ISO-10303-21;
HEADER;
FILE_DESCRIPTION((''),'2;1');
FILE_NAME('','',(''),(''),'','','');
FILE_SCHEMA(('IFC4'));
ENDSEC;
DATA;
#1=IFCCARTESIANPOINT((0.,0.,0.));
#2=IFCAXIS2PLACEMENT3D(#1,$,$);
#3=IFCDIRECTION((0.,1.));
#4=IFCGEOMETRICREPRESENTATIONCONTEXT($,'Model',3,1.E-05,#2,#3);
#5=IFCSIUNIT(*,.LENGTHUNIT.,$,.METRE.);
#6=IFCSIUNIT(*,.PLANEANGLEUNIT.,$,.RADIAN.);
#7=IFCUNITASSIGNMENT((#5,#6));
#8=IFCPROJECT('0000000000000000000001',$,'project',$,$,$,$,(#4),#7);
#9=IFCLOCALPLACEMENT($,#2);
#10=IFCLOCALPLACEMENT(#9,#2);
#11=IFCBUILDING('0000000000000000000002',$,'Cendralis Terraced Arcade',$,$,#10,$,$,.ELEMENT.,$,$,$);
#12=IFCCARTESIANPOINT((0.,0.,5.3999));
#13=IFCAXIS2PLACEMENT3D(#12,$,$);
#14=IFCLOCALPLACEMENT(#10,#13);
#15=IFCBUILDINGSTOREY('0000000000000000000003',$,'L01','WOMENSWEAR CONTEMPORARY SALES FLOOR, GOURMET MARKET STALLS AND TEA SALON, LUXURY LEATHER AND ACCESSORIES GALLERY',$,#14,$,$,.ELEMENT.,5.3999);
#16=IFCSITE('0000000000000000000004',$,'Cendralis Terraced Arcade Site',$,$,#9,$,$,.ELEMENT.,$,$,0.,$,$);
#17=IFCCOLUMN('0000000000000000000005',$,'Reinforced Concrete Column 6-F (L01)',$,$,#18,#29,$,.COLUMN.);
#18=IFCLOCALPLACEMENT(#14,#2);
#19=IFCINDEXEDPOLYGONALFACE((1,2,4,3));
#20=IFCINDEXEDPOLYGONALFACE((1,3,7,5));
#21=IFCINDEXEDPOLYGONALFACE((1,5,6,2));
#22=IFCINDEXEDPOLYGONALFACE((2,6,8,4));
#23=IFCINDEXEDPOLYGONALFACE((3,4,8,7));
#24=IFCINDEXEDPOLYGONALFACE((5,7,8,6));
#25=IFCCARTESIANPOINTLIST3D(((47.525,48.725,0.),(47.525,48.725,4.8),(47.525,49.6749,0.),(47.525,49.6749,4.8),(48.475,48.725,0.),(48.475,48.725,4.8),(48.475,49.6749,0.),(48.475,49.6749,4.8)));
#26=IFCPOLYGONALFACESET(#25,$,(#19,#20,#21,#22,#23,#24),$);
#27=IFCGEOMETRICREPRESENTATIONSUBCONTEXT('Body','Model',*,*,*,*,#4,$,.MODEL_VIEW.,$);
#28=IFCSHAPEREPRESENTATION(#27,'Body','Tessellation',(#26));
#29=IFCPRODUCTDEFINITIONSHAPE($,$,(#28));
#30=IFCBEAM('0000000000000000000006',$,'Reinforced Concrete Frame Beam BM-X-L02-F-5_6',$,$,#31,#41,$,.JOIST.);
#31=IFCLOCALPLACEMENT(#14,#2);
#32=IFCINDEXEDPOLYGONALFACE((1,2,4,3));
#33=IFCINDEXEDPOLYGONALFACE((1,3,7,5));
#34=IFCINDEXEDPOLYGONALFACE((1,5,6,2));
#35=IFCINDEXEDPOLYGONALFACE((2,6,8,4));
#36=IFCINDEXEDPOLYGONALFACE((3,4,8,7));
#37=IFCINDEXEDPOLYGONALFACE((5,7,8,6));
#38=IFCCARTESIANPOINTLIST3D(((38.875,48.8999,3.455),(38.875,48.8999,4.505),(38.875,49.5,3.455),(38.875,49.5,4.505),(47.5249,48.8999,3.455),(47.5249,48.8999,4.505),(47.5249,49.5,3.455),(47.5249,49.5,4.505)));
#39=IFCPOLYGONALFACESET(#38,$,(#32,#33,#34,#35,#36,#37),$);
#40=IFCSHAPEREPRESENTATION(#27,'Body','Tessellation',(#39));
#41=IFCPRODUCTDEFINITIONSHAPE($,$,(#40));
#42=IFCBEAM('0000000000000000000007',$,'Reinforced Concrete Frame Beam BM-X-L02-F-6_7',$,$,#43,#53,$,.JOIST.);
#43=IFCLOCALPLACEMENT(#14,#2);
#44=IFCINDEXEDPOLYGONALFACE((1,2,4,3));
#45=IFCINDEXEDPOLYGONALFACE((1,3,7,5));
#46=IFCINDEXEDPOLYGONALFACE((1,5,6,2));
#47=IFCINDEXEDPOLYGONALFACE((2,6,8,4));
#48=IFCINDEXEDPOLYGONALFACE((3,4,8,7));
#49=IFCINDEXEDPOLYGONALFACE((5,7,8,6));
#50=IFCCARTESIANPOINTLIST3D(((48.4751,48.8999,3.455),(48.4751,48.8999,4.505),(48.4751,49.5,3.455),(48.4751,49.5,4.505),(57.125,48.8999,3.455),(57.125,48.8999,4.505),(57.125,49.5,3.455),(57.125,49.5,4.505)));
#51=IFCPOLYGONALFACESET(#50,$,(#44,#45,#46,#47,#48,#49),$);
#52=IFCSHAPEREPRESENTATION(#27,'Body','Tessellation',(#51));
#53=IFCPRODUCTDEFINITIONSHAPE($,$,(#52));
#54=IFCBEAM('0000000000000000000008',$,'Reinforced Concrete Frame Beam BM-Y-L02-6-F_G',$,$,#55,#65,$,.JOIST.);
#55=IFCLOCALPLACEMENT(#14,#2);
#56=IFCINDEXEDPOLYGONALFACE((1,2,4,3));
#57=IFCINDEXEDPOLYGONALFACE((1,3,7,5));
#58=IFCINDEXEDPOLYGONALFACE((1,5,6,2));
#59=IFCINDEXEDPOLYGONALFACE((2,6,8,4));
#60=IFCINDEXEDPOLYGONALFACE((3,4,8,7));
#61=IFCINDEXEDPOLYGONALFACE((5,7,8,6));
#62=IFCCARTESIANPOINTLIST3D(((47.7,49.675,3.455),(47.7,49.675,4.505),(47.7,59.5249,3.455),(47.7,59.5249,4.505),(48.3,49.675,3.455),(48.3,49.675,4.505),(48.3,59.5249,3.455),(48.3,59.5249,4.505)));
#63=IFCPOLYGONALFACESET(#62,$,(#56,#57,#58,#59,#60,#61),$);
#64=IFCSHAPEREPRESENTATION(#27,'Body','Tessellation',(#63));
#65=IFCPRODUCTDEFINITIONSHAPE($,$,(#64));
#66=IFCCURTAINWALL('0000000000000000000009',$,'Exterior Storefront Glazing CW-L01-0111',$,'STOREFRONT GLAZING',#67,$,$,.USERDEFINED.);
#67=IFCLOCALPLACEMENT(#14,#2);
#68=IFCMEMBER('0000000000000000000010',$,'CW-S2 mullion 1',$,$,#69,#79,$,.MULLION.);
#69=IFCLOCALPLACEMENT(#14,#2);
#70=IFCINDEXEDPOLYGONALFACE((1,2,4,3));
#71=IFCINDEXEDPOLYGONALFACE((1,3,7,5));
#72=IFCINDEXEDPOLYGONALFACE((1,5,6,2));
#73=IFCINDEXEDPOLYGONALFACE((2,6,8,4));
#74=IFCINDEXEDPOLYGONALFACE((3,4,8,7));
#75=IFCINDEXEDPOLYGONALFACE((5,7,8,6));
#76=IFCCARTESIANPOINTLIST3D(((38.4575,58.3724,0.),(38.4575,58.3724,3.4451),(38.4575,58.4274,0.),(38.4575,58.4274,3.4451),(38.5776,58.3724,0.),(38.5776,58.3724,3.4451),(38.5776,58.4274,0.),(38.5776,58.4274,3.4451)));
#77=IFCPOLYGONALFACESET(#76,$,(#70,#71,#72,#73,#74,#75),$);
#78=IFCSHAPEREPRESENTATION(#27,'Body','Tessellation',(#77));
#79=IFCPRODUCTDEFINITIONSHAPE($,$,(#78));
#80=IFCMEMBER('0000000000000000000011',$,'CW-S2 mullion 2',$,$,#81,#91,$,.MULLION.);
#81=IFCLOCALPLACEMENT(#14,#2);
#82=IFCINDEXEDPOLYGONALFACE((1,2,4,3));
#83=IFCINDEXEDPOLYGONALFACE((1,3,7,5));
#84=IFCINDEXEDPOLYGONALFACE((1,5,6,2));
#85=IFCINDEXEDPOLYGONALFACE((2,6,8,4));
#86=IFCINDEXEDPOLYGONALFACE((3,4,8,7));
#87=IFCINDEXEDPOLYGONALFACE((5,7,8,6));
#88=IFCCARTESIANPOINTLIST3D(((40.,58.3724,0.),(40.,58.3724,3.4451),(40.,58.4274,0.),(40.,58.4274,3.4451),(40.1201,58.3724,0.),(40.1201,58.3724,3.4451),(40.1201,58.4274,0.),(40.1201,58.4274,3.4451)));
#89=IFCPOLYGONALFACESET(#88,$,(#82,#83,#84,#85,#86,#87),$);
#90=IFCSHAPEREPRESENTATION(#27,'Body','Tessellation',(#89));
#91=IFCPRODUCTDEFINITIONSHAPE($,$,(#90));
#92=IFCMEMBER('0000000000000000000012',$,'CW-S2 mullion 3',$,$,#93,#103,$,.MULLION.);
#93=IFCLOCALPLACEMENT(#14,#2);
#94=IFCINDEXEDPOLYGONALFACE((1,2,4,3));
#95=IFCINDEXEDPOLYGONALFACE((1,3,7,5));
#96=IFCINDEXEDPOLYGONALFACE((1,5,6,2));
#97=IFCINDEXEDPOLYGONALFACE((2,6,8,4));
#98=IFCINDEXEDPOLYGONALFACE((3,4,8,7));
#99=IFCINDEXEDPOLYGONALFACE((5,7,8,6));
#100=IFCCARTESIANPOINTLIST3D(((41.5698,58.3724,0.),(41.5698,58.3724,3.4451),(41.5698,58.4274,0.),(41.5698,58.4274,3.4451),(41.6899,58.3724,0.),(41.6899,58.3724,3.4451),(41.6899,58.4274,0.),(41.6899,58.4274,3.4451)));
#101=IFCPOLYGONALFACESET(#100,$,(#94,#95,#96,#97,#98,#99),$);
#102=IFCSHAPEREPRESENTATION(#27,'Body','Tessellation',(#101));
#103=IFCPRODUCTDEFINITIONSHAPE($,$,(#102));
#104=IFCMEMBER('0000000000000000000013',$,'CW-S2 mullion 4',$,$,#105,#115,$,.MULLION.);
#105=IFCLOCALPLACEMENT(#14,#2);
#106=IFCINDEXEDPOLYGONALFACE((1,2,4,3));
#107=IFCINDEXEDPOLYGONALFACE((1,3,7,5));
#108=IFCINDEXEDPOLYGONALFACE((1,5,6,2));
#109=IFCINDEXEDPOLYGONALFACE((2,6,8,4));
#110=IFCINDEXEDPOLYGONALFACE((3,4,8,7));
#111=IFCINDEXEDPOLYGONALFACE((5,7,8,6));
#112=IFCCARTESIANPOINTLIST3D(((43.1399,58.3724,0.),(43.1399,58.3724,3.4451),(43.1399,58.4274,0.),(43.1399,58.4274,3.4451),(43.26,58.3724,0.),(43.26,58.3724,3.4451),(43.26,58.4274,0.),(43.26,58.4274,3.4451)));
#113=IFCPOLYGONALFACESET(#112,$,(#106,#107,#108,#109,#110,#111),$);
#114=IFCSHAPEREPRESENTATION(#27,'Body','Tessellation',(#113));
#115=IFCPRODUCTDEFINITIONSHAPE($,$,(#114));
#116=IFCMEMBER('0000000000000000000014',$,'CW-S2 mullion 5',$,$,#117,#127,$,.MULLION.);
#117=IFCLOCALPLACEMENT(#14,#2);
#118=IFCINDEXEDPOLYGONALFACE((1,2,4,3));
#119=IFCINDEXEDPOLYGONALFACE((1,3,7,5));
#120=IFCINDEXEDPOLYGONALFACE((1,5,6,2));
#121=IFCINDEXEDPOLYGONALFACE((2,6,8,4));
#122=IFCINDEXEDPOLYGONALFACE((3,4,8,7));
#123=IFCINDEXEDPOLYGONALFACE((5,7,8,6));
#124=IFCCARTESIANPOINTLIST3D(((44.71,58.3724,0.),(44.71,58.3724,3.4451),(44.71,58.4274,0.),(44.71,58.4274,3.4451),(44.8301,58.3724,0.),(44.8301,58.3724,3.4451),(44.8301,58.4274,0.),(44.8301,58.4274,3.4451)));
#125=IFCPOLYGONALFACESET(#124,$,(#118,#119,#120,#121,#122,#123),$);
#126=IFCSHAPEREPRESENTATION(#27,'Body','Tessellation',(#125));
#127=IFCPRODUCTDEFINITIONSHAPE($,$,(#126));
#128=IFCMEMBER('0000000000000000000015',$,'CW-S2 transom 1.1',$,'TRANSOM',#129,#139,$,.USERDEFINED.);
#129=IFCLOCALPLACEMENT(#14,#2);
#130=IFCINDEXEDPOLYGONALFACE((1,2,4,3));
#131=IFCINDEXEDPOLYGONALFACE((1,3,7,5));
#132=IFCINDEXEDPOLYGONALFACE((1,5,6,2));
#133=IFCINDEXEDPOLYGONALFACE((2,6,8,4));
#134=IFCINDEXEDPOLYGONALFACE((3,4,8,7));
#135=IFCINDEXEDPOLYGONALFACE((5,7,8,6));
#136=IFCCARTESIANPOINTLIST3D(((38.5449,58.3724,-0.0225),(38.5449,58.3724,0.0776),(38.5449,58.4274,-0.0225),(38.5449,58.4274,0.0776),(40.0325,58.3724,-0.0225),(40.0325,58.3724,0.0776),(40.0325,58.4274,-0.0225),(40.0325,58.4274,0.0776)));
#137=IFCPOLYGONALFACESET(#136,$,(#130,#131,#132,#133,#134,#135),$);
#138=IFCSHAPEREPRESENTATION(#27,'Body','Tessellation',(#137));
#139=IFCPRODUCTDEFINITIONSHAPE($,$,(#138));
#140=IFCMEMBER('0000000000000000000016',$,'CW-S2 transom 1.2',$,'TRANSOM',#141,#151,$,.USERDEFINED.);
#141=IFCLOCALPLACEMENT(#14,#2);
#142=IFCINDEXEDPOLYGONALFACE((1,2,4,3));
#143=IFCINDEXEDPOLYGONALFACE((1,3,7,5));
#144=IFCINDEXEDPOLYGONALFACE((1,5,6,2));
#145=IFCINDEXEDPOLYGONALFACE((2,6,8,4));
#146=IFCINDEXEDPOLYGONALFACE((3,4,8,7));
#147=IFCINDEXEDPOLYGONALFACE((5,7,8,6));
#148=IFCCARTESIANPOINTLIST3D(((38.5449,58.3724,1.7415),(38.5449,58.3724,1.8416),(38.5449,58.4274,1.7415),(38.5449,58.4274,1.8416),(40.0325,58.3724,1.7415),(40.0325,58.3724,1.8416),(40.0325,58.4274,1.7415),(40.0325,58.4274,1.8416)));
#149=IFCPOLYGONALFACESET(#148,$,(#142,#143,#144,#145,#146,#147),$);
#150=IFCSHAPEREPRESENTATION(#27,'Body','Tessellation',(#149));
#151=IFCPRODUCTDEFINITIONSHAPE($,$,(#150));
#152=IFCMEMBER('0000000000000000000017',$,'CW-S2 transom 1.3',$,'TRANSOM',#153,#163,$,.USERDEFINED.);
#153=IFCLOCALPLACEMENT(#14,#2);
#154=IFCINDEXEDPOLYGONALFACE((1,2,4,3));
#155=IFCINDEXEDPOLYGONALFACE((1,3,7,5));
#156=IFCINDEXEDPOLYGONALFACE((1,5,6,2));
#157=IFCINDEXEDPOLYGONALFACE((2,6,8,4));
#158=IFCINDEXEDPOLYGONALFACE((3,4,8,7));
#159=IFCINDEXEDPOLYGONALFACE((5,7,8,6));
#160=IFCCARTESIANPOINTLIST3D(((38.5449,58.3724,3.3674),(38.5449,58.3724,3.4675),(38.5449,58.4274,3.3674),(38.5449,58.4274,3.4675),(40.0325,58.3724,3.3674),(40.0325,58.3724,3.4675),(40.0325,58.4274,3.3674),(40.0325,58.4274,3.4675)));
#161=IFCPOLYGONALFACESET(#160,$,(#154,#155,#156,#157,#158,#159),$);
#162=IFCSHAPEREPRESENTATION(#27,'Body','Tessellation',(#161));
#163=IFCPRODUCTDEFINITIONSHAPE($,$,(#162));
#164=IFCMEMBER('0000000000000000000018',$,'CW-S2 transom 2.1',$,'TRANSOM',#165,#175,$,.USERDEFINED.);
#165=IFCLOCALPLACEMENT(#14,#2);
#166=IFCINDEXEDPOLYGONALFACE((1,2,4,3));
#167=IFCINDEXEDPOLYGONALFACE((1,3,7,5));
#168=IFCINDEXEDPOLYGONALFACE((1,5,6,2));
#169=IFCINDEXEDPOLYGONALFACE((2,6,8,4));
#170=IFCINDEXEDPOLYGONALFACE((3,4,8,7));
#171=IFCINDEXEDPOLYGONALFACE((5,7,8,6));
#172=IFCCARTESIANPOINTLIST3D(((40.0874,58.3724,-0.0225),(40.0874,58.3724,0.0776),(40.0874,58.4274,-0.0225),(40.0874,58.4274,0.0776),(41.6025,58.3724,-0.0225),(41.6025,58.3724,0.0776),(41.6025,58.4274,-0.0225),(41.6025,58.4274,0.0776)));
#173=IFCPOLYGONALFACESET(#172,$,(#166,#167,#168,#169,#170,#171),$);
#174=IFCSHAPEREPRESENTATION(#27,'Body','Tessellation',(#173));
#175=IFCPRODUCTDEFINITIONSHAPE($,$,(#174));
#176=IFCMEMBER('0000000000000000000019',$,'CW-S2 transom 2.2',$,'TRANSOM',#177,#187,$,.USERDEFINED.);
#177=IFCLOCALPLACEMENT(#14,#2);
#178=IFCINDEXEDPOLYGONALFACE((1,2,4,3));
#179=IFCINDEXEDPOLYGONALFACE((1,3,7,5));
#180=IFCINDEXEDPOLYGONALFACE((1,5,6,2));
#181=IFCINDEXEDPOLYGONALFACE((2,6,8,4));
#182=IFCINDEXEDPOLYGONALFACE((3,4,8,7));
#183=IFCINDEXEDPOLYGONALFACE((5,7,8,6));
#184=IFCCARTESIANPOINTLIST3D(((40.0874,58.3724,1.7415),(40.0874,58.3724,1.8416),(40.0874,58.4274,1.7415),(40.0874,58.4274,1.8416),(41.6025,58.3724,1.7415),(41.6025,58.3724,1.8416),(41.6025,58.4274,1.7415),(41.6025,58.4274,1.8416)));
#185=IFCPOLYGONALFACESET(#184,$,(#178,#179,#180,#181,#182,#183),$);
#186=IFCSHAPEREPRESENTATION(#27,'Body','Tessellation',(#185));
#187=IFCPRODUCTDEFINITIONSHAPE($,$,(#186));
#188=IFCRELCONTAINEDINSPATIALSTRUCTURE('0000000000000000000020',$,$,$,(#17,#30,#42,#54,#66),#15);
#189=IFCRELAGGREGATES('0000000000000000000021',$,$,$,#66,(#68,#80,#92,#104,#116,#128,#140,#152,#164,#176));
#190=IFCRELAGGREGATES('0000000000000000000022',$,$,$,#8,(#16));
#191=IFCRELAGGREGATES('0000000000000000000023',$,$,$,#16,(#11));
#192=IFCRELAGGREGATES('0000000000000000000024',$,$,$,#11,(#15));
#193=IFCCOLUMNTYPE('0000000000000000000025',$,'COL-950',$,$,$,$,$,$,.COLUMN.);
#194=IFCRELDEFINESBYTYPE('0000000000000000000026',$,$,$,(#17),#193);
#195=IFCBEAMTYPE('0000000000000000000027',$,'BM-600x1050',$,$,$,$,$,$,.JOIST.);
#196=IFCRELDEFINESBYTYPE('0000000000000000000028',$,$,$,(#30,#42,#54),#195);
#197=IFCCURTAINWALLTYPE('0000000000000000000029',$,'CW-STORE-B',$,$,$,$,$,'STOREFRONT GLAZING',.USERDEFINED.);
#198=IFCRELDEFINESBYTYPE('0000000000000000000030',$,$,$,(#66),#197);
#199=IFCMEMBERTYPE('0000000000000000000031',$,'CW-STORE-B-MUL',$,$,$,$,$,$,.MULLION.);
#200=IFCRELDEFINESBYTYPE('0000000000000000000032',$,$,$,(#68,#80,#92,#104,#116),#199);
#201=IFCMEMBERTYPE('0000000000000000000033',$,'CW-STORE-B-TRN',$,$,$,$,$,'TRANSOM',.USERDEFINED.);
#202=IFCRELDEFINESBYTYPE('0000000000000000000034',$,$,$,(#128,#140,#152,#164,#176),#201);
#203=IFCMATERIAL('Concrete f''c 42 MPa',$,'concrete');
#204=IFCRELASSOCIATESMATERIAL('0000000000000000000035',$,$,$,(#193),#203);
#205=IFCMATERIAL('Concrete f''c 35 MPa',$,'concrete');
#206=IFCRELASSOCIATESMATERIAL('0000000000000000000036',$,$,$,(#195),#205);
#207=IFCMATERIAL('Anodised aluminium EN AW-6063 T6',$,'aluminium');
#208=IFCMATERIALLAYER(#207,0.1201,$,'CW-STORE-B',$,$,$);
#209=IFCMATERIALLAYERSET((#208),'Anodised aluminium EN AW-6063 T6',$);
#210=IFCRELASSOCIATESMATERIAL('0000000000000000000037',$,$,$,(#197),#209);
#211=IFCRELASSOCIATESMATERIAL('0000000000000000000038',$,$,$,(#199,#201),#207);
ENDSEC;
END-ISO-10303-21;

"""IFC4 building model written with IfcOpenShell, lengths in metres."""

from ifc_helpers import new_model, si_unit, direction, frame, origin, origin_2d, place, context, subcontext, project, spatial, rectangle, extrude, material, layer, layer_set, material_profile, profile_set, type_object, element, aggregate, save


model = new_model("IFC4")

# Units and contexts
model_context = context("Model", 3, precision=1e-05, world=origin(), true_north=direction((0.0, 1.0)))
body_context = subcontext(model_context, "Body", "Model", "MODEL_VIEW")
ifc_project = project(units=[si_unit("LENGTHUNIT", "METRE"), si_unit("PLANEANGLEUNIT", "RADIAN")], contexts=[model_context])

# Site, building, storey
site_placement = place(None, origin())
site = spatial("IfcSite", under=ifc_project, at=site_placement, Name="Cendralis Terraced Arcade Site", CompositionType="ELEMENT", RefElevation=0.0)
building_placement = place(site_placement, origin())
building = spatial("IfcBuilding", under=site, at=building_placement, Name="Cendralis Terraced Arcade", CompositionType="ELEMENT")
storey_placement = place(building_placement, frame((0.0, 0.0, 5.3999)))
storey = spatial("IfcBuildingStorey", under=building, at=storey_placement, Name="L01", Description="WOMENSWEAR CONTEMPORARY SALES FLOOR, GOURMET MARKET STALLS AND TEA SALON, LUXURY LEATHER AND ACCESSORIES GALLERY", CompositionType="ELEMENT", Elevation=5.3999)

# Column
ifc_material_1 = material(Name="Concrete f'c 42 MPa", Category="concrete")
ifc_material_profile_1 = material_profile(ifc_material_1, rectangle(XDim=0.95, YDim=0.95, at=origin_2d()), Name="RC-COL-950x950", Category="LoadBearing")
ifc_profile_set_1 = profile_set([ifc_material_profile_1], Name="Concrete f'c 42 MPa")
column_type = type_object("IfcColumnType", Name="COL-950", PredefinedType="COLUMN", material=ifc_profile_set_1)
column_placement = place(storey_placement, frame((48.0, 49.2, 0.0), z_axis=(0.0, 0.0, 1.0), x_axis=(1.0, 0.0, 0.0)))
element("IfcColumn", 1, at=column_placement, inside=storey, type_object=column_type, Name="Reinforced Concrete Column 6-F (L01)", PredefinedType="COLUMN", context=body_context, shape_type="SweptSolid", body=[
    extrude(rectangle(XDim=0.95, YDim=0.95, at=origin_2d()), origin(), (0.0, 0.0, 1.0), 4.8),
])

# Beams
ifc_material_2 = material(Name="Concrete f'c 35 MPa", Category="concrete")
ifc_material_profile_2 = material_profile(ifc_material_2, rectangle(XDim=0.6001, YDim=1.05, at=origin_2d()), Name="RC-BM-600x1050", Category="LoadBearing")
ifc_profile_set_2 = profile_set([ifc_material_profile_2], Name="Concrete f'c 35 MPa")
beam_type = type_object("IfcBeamType", Name="BM-600x1050", PredefinedType="JOIST", material=ifc_profile_set_2)
for number, where, z_axis, x_axis, name in (
    (2, (38.875, 49.2, 3.98), (1.0, 0.0, 0.0), (0.0, 1.0, 0.0), "Reinforced Concrete Frame Beam BM-X-L02-F-5_6"),
    (3, (48.4751, 49.2, 3.98), (1.0, 0.0, 0.0), (0.0, 1.0, 0.0), "Reinforced Concrete Frame Beam BM-X-L02-F-6_7"),
):
    element("IfcBeam", number, at=place(storey_placement, frame(where, z_axis=z_axis, x_axis=x_axis)), inside=storey, type_object=beam_type, Name=name, PredefinedType="JOIST", context=body_context, shape_type="SweptSolid", body=[
        extrude(rectangle(XDim=0.6001, YDim=1.05, at=origin_2d()), origin(), (0.0, 0.0, 1.0), 8.6499),
    ])
beam_placement = place(storey_placement, frame((48.0, 49.675, 3.98), z_axis=(0.0, 1.0, 0.0), x_axis=(-1.0, 0.0, 0.0)))
element("IfcBeam", 4, at=beam_placement, inside=storey, type_object=beam_type, Name="Reinforced Concrete Frame Beam BM-Y-L02-6-F_G", PredefinedType="JOIST", context=body_context, shape_type="SweptSolid", body=[
    extrude(rectangle(XDim=0.6001, YDim=1.05, at=origin_2d()), origin(), (0.0, 0.0, 1.0), 9.8499),
])

# Curtain wall, members
ifc_material_3 = material(Name="Anodised aluminium EN AW-6063 T6", Category="aluminium")
ifc_layer_1 = layer(ifc_material_3, 0.1201, Name="CW-STORE-B")
ifc_layer_set_1 = layer_set([ifc_layer_1], Name="Anodised aluminium EN AW-6063 T6")
curtain_wall_type = type_object("IfcCurtainWallType", Name="CW-STORE-B", ElementType="STOREFRONT GLAZING", PredefinedType="USERDEFINED", material=ifc_layer_set_1)
curtain_wall_placement = place(storey_placement, origin())
curtain_wall = element("IfcCurtainWall", 5, at=curtain_wall_placement, inside=storey, type_object=curtain_wall_type, Name="Exterior Storefront Glazing CW-L01-0111", ObjectType="STOREFRONT GLAZING", PredefinedType="USERDEFINED")
ifc_material_profile_3 = material_profile(ifc_material_3, rectangle(XDim=0.0549, YDim=0.1201, at=origin_2d()), Name="ALU-MUL-55x120")
ifc_profile_set_3 = profile_set([ifc_material_profile_3], Name="Anodised aluminium EN AW-6063 T6")
member_type_1 = type_object("IfcMemberType", Name="CW-STORE-B-MUL", PredefinedType="MULLION", material=ifc_profile_set_3)
member_1_placement = place(storey_placement, frame((38.5176, 58.3999, 0.0), z_axis=(0.0, 0.0, 1.0), x_axis=(0.0, 1.0, 0.0)))
member_1 = element("IfcMember", 6, at=member_1_placement, type_object=member_type_1, Name="CW-S2 mullion 1", PredefinedType="MULLION", context=body_context, shape_type="SweptSolid", body=[
    extrude(rectangle(XDim=0.0549, YDim=0.1201, at=origin_2d()), origin(), (0.0, 0.0, 1.0), 3.4451),
])
member_2_placement = place(storey_placement, frame((40.0601, 58.3999, 0.0), z_axis=(0.0, 0.0, 1.0), x_axis=(0.0, 1.0, 0.0)))
member_2 = element("IfcMember", 7, at=member_2_placement, type_object=member_type_1, Name="CW-S2 mullion 2", PredefinedType="MULLION", context=body_context, shape_type="SweptSolid", body=[
    extrude(rectangle(XDim=0.0549, YDim=0.1201, at=origin_2d()), origin(), (0.0, 0.0, 1.0), 3.4451),
])
member_3_placement = place(storey_placement, frame((41.6299, 58.3999, 0.0), z_axis=(0.0, 0.0, 1.0), x_axis=(0.0, 1.0, 0.0)))
member_3 = element("IfcMember", 8, at=member_3_placement, type_object=member_type_1, Name="CW-S2 mullion 3", PredefinedType="MULLION", context=body_context, shape_type="SweptSolid", body=[
    extrude(rectangle(XDim=0.0549, YDim=0.1201, at=origin_2d()), origin(), (0.0, 0.0, 1.0), 3.4451),
])
member_4_placement = place(storey_placement, frame((43.2, 58.3999, 0.0), z_axis=(0.0, 0.0, 1.0), x_axis=(0.0, 1.0, 0.0)))
member_4 = element("IfcMember", 9, at=member_4_placement, type_object=member_type_1, Name="CW-S2 mullion 4", PredefinedType="MULLION", context=body_context, shape_type="SweptSolid", body=[
    extrude(rectangle(XDim=0.0549, YDim=0.1201, at=origin_2d()), origin(), (0.0, 0.0, 1.0), 3.4451),
])
member_5_placement = place(storey_placement, frame((44.77, 58.3999, 0.0), z_axis=(0.0, 0.0, 1.0), x_axis=(0.0, 1.0, 0.0)))
member_5 = element("IfcMember", 10, at=member_5_placement, type_object=member_type_1, Name="CW-S2 mullion 5", PredefinedType="MULLION", context=body_context, shape_type="SweptSolid", body=[
    extrude(rectangle(XDim=0.0549, YDim=0.1201, at=origin_2d()), origin(), (0.0, 0.0, 1.0), 3.4451),
])
ifc_material_profile_4 = material_profile(ifc_material_3, rectangle(XDim=0.0549, YDim=0.1001, at=origin_2d()), Name="ALU-TRN-55x100")
ifc_profile_set_4 = profile_set([ifc_material_profile_4], Name="Anodised aluminium EN AW-6063 T6")
member_type_2 = type_object("IfcMemberType", Name="CW-STORE-B-TRN", ElementType="TRANSOM", PredefinedType="USERDEFINED", material=ifc_profile_set_4)
member_6_placement = place(storey_placement, frame((38.5449, 58.3999, 0.0276), z_axis=(1.0, 0.0, 0.0), x_axis=(0.0, 1.0, 0.0)))
member_6 = element("IfcMember", 11, at=member_6_placement, type_object=member_type_2, Name="CW-S2 transom 1.1", ObjectType="TRANSOM", PredefinedType="USERDEFINED", context=body_context, shape_type="SweptSolid", body=[
    extrude(rectangle(XDim=0.0549, YDim=0.1001, at=origin_2d()), origin(), (0.0, 0.0, 1.0), 1.4875),
])
member_7_placement = place(storey_placement, frame((38.5449, 58.3999, 1.7915), z_axis=(1.0, 0.0, 0.0), x_axis=(0.0, 1.0, 0.0)))
member_7 = element("IfcMember", 12, at=member_7_placement, type_object=member_type_2, Name="CW-S2 transom 1.2", ObjectType="TRANSOM", PredefinedType="USERDEFINED", context=body_context, shape_type="SweptSolid", body=[
    extrude(rectangle(XDim=0.0549, YDim=0.1001, at=origin_2d()), origin(), (0.0, 0.0, 1.0), 1.4875),
])
member_8_placement = place(storey_placement, frame((38.5449, 58.3999, 3.4175), z_axis=(1.0, 0.0, 0.0), x_axis=(0.0, 1.0, 0.0)))
member_8 = element("IfcMember", 13, at=member_8_placement, type_object=member_type_2, Name="CW-S2 transom 1.3", ObjectType="TRANSOM", PredefinedType="USERDEFINED", context=body_context, shape_type="SweptSolid", body=[
    extrude(rectangle(XDim=0.0549, YDim=0.1001, at=origin_2d()), origin(), (0.0, 0.0, 1.0), 1.4875),
])
member_9_placement = place(storey_placement, frame((40.0874, 58.3999, 0.0276), z_axis=(1.0, 0.0, 0.0), x_axis=(0.0, 1.0, 0.0)))
member_9 = element("IfcMember", 14, at=member_9_placement, type_object=member_type_2, Name="CW-S2 transom 2.1", ObjectType="TRANSOM", PredefinedType="USERDEFINED", context=body_context, shape_type="SweptSolid", body=[
    extrude(rectangle(XDim=0.0549, YDim=0.1001, at=origin_2d()), origin(), (0.0, 0.0, 1.0), 1.5151),
])
member_10_placement = place(storey_placement, frame((40.0874, 58.3999, 1.7915), z_axis=(1.0, 0.0, 0.0), x_axis=(0.0, 1.0, 0.0)))
member_10 = element("IfcMember", 15, at=member_10_placement, type_object=member_type_2, Name="CW-S2 transom 2.2", ObjectType="TRANSOM", PredefinedType="USERDEFINED", context=body_context, shape_type="SweptSolid", body=[
    extrude(rectangle(XDim=0.0549, YDim=0.1001, at=origin_2d()), origin(), (0.0, 0.0, 1.0), 1.5151),
])
aggregate(curtain_wall, [member_1, member_2, member_3, member_4, member_5, member_6, member_7, member_8, member_9, member_10])

save(model, "model.ifc")
